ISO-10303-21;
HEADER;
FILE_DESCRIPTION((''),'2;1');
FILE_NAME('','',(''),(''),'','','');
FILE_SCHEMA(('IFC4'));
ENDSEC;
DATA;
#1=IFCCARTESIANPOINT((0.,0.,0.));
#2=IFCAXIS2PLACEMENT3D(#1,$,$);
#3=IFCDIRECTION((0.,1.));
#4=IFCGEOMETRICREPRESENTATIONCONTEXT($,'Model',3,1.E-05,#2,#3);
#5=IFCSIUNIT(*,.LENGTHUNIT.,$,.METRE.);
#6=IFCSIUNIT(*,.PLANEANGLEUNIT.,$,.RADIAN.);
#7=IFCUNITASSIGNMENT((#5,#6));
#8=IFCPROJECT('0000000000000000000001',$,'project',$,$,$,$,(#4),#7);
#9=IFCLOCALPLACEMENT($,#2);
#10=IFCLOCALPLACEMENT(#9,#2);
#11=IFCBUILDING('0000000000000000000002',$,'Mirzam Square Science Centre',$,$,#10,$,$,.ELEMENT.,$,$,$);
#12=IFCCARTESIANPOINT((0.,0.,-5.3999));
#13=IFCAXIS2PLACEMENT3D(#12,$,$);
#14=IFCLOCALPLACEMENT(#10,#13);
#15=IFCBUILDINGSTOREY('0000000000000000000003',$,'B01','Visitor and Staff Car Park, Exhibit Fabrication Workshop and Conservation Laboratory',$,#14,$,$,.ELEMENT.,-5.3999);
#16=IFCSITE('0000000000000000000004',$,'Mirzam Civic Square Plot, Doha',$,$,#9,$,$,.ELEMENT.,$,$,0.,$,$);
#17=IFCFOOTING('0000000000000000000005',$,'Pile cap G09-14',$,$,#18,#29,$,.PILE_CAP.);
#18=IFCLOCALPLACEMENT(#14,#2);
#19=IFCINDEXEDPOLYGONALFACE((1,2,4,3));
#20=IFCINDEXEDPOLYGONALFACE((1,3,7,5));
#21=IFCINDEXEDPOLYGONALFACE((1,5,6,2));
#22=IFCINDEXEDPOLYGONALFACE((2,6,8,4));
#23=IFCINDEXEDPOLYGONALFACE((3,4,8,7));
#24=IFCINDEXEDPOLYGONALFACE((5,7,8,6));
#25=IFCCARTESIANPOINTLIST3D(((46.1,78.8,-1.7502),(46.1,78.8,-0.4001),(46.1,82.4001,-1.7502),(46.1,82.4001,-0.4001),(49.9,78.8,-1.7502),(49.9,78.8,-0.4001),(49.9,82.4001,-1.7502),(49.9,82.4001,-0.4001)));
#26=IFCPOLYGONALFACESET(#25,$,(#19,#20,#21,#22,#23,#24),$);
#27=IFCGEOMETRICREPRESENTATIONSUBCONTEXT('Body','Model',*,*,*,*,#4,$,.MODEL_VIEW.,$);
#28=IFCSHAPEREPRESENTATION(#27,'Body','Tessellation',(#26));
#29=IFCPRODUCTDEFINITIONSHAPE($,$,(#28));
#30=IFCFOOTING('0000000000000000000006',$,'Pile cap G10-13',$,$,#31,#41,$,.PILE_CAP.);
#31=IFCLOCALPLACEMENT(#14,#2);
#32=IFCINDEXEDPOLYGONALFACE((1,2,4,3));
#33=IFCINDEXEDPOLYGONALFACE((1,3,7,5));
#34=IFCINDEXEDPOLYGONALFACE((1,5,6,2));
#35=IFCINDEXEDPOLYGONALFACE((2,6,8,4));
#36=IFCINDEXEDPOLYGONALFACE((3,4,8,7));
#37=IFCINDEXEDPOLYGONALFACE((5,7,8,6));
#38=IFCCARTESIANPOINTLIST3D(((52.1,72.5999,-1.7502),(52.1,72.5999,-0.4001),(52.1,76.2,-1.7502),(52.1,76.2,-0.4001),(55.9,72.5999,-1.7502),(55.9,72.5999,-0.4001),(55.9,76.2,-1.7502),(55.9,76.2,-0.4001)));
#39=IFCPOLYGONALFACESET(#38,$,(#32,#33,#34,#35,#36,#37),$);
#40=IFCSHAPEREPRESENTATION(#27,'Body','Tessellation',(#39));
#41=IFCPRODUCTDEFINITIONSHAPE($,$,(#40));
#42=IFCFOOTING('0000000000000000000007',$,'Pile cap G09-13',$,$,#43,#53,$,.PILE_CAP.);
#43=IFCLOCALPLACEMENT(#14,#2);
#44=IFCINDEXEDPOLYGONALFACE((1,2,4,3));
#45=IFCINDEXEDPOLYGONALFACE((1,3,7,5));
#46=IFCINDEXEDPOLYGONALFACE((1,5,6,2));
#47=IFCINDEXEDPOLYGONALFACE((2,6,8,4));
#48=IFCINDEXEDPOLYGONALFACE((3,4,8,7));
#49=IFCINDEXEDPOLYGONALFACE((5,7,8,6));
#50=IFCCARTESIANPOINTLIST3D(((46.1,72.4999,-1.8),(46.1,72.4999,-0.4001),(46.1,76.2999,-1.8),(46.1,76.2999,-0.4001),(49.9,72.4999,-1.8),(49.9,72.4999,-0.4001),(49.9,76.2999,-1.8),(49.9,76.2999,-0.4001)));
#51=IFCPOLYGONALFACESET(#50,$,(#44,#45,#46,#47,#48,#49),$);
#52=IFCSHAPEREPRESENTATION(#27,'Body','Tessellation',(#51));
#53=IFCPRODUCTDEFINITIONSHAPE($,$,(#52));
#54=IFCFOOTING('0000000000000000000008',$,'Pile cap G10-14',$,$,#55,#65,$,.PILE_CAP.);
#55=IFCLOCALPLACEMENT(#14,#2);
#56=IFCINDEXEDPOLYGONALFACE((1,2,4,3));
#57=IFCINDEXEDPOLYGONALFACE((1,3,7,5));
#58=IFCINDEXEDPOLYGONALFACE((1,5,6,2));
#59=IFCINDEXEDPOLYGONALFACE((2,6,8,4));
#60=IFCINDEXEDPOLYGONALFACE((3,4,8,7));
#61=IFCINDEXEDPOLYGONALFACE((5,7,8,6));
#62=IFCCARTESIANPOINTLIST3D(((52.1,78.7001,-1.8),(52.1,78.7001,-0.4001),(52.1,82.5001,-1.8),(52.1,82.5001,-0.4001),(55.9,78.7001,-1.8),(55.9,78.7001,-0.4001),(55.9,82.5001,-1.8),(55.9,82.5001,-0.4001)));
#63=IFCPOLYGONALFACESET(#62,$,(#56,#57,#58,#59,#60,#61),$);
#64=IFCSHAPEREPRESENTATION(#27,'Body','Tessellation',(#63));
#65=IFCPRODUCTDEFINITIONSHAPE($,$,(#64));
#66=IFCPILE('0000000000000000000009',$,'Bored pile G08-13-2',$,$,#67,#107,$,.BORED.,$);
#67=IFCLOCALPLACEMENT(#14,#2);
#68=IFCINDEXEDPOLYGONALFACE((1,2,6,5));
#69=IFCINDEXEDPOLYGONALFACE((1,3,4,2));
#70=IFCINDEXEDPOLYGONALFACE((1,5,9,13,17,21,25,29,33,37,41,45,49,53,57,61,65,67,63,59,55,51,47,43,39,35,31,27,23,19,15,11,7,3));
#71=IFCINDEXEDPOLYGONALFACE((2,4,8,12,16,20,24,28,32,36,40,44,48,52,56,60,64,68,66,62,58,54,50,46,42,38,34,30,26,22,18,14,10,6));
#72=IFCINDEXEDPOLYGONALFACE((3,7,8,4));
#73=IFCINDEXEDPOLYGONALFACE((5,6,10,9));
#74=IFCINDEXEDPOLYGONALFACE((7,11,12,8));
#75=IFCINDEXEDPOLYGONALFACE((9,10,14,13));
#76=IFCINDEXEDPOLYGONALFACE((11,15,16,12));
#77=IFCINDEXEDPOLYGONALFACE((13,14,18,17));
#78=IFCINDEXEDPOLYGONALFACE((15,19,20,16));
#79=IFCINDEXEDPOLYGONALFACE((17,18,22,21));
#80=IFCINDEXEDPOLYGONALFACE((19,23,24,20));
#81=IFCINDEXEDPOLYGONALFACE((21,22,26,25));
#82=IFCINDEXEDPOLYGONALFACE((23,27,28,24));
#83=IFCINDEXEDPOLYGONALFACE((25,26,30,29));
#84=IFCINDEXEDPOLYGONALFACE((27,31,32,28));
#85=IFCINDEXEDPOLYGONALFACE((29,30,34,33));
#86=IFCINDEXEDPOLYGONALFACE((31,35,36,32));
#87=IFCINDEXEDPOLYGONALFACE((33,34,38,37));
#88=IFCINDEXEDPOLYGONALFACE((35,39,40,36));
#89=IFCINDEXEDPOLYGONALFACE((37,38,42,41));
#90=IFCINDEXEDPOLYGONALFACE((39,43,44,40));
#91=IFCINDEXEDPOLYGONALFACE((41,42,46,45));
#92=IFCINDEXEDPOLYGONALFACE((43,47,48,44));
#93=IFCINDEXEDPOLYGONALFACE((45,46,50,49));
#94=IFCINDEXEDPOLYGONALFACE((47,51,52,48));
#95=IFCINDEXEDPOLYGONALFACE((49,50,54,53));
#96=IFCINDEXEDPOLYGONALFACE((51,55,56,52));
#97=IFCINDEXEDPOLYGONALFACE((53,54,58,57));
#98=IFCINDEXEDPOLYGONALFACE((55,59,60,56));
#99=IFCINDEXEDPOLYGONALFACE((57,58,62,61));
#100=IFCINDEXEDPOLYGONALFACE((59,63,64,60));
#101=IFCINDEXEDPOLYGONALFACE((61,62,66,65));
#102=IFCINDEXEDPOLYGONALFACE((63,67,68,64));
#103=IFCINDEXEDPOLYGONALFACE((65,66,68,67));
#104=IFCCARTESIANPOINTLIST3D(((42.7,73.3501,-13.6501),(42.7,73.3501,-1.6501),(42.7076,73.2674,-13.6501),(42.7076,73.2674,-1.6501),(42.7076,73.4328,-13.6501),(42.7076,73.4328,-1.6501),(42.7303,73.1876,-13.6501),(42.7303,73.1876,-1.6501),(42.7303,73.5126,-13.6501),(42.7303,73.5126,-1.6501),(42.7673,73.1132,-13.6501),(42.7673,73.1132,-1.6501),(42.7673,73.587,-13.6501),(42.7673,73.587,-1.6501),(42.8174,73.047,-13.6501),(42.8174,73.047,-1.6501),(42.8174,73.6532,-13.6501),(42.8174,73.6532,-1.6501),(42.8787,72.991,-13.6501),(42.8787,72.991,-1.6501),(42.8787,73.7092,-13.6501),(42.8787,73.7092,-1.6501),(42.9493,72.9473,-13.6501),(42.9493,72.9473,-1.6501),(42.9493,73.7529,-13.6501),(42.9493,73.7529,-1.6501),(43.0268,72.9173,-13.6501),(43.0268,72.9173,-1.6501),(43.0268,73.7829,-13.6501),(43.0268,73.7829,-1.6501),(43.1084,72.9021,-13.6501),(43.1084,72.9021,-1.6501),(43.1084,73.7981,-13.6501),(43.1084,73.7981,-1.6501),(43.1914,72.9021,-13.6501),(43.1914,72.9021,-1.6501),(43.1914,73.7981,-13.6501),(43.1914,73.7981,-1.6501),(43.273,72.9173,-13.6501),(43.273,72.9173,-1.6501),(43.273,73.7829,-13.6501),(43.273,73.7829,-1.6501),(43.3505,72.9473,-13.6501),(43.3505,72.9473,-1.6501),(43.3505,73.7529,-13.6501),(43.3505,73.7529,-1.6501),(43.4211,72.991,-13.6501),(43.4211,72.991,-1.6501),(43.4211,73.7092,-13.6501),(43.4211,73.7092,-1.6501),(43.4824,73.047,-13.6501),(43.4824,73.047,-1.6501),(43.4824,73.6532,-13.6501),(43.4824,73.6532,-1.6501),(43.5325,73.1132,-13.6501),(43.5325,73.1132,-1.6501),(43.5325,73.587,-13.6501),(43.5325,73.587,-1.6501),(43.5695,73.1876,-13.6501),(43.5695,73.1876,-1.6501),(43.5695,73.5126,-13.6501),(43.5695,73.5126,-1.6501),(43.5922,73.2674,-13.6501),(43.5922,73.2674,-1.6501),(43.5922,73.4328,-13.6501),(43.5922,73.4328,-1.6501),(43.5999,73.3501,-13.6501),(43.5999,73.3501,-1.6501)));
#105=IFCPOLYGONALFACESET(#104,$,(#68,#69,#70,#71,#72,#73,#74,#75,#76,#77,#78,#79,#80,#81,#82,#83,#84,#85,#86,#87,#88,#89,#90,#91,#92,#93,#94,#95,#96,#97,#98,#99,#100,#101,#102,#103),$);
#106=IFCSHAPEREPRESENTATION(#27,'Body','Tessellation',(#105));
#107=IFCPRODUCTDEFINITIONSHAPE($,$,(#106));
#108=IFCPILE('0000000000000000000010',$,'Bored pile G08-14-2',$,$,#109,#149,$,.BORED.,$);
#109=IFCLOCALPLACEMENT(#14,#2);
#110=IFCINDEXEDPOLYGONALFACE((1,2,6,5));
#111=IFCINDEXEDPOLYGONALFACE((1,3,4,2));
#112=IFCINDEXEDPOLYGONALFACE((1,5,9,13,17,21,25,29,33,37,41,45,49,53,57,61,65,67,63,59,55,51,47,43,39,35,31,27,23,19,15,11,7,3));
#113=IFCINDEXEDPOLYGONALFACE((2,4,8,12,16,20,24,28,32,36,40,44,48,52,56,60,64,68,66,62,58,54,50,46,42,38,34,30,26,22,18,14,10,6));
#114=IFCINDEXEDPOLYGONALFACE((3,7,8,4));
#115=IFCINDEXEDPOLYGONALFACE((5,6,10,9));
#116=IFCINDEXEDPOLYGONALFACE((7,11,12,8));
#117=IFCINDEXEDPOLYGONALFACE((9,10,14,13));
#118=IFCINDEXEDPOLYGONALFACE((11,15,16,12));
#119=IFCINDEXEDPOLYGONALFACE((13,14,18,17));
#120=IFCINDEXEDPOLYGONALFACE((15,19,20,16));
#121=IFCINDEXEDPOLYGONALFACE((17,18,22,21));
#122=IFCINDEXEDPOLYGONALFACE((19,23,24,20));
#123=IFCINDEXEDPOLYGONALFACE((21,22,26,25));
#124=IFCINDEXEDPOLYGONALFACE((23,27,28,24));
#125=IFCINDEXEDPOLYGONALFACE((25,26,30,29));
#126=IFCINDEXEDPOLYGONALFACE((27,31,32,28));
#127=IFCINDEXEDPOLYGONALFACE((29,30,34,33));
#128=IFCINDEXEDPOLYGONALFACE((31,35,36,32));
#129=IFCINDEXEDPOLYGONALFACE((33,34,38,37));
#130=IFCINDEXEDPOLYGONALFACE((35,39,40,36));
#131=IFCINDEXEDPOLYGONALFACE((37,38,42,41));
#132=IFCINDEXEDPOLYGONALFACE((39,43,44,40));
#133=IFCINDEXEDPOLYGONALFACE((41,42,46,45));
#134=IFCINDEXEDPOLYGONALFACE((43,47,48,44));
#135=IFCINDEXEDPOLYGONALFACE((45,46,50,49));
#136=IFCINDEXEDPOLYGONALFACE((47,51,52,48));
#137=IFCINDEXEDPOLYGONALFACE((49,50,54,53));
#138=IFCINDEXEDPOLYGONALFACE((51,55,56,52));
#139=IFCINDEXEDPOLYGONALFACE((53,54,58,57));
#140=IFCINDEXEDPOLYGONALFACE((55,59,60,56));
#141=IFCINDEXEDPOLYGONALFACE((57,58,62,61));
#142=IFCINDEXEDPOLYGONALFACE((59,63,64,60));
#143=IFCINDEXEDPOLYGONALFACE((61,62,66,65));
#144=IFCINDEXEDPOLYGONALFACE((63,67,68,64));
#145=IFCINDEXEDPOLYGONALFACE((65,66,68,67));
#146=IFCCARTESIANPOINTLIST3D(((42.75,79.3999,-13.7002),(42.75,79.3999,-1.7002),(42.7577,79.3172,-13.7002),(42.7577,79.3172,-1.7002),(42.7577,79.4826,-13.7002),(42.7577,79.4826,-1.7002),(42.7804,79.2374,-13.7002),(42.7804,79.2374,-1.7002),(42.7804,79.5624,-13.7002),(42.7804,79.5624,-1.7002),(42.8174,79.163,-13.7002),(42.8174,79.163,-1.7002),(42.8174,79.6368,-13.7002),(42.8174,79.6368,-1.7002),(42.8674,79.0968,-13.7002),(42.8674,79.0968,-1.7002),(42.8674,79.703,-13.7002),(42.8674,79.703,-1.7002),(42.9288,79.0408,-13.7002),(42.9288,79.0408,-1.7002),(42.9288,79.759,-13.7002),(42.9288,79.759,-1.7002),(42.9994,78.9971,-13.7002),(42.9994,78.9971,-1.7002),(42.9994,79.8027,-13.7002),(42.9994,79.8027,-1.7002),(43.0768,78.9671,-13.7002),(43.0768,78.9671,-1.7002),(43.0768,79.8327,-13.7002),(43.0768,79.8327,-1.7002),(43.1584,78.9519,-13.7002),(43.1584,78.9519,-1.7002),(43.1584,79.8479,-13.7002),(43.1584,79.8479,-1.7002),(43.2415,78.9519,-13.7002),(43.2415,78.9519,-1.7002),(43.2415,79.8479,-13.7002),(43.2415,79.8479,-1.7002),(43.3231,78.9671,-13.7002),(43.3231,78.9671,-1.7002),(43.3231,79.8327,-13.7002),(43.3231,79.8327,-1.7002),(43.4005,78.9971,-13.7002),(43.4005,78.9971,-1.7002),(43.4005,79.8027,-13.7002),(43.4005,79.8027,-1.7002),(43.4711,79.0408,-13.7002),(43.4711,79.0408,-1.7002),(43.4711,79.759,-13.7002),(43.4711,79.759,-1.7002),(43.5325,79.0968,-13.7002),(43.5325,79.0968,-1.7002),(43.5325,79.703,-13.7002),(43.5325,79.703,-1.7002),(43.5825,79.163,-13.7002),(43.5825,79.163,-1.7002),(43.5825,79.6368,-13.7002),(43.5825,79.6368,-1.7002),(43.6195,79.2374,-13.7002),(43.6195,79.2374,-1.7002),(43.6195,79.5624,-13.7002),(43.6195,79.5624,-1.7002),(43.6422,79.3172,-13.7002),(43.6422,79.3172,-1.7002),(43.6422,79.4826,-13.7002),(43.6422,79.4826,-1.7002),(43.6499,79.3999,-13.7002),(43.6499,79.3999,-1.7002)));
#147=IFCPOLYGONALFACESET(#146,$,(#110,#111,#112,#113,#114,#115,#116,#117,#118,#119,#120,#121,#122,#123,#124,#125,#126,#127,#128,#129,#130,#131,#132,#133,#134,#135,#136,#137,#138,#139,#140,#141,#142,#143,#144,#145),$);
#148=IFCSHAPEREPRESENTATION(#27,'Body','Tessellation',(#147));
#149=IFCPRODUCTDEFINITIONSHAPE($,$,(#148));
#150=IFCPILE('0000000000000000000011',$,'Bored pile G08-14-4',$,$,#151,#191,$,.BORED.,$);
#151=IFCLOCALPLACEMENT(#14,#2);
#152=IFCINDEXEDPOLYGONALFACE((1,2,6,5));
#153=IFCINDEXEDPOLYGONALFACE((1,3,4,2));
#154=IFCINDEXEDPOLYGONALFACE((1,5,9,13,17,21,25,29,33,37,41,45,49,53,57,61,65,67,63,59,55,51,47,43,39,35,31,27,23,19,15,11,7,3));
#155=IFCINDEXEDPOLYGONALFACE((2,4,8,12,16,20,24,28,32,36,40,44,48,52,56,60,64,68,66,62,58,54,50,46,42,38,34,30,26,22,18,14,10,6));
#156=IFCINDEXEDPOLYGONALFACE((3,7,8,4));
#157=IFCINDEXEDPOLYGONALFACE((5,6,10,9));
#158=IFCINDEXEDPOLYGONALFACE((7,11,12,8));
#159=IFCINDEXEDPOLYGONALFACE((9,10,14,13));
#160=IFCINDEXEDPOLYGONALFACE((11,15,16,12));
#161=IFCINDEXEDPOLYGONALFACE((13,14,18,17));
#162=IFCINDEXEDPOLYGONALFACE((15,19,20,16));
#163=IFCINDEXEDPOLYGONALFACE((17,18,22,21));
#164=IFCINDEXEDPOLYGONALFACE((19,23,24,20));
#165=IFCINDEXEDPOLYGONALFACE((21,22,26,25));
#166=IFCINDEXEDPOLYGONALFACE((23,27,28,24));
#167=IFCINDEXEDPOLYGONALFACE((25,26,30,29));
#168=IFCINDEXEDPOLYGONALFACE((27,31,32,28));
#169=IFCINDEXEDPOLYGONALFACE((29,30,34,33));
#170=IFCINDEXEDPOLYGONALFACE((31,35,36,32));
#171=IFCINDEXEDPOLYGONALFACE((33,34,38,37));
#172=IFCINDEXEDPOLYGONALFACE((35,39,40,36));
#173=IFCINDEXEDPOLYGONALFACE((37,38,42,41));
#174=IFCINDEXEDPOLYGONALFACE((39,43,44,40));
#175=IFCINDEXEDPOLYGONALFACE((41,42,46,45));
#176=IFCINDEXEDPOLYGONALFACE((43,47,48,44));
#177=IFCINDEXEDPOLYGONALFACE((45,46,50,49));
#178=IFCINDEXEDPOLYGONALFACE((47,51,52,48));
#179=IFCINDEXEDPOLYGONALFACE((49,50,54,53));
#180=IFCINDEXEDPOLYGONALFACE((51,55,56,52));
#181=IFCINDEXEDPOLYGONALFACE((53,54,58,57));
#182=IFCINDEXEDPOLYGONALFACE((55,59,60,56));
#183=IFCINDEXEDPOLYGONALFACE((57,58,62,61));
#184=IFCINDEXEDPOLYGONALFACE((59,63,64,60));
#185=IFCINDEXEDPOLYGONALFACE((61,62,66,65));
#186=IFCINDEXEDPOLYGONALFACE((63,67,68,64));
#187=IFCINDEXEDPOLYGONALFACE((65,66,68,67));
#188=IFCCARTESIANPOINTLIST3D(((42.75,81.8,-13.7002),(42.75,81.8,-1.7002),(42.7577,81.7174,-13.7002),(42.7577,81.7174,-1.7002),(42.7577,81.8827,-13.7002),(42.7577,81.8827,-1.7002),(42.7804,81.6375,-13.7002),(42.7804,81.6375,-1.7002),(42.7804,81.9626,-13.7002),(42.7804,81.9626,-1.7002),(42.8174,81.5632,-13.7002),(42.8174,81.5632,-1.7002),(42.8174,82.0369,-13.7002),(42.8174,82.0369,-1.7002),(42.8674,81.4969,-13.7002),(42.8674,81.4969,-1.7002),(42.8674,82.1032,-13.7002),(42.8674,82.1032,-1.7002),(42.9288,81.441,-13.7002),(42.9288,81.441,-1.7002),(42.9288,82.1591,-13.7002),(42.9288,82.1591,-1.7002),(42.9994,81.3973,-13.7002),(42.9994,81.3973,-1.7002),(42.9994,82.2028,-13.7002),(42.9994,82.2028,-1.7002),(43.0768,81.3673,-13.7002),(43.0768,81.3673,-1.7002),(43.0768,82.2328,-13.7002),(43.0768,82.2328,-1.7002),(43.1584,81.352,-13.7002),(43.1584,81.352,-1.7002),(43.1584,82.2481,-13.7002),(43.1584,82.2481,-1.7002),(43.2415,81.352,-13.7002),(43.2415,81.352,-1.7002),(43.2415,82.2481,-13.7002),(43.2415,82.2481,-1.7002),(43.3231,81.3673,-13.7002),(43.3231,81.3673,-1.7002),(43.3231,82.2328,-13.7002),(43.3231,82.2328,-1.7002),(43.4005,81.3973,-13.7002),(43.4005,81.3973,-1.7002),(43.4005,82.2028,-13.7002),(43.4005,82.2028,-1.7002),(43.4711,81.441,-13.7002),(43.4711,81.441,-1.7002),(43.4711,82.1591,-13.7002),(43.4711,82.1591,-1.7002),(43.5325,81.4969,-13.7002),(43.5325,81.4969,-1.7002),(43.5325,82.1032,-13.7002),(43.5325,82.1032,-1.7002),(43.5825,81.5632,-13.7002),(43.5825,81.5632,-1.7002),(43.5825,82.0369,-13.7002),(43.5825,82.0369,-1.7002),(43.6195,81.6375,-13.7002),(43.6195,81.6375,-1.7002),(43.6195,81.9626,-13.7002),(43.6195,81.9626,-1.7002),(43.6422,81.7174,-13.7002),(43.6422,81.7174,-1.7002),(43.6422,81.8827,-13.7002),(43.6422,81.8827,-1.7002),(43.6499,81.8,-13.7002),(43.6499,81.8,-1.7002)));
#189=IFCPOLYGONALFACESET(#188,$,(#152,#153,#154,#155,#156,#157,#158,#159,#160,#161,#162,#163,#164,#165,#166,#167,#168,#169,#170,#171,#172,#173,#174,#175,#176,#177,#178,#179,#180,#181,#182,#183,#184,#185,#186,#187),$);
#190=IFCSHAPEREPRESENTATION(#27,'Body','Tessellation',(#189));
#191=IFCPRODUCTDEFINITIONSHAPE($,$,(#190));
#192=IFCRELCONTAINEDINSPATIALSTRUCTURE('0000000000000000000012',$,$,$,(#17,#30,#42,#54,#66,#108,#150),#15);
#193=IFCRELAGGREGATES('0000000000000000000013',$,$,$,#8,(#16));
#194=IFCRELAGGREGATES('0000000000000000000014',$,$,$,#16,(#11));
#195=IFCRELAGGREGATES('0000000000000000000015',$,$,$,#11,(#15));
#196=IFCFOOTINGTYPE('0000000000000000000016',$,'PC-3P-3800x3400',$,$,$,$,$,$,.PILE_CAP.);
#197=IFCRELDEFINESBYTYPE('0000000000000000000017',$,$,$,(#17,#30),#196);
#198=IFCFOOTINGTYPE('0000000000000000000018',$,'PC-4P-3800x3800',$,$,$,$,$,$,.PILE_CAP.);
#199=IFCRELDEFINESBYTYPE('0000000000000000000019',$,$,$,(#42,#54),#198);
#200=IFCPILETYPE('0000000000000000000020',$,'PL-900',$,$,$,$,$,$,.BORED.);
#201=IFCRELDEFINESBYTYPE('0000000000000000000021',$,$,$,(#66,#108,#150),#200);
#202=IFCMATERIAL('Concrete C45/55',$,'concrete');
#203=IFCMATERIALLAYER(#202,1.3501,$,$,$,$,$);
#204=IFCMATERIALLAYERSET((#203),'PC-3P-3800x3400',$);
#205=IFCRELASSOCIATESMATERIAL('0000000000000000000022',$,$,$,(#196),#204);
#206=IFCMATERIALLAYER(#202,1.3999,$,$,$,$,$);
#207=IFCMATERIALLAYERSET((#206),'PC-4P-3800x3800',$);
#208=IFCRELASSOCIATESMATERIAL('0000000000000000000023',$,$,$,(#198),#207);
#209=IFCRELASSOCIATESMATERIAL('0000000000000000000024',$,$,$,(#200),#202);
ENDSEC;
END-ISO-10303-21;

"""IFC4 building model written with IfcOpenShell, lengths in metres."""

from ifc_helpers import new_model, si_unit, direction, frame, origin, origin_2d, place, context, subcontext, project, spatial, rectangle, circle, extrude, material, layer, layer_set, material_profile, profile_set, type_object, element, save


model = new_model("IFC4")

# Units and contexts
model_context = context("Model", 3, precision=1e-05, world=origin(), true_north=direction((0.0, 1.0)))
body_context = subcontext(model_context, "Body", "Model", "MODEL_VIEW")
ifc_project = project(units=[si_unit("LENGTHUNIT", "METRE"), si_unit("PLANEANGLEUNIT", "RADIAN")], contexts=[model_context])

# Site, building, storey
site_placement = place(None, origin())
site = spatial("IfcSite", under=ifc_project, at=site_placement, Name="Mirzam Civic Square Plot, Doha", CompositionType="ELEMENT", RefElevation=0.0)
building_placement = place(site_placement, origin())
building = spatial("IfcBuilding", under=site, at=building_placement, Name="Mirzam Square Science Centre", CompositionType="ELEMENT")
storey_placement = place(building_placement, frame((0.0, 0.0, -5.3999)))
storey = spatial("IfcBuildingStorey", under=building, at=storey_placement, Name="B01", Description="Visitor and Staff Car Park, Exhibit Fabrication Workshop and Conservation Laboratory", CompositionType="ELEMENT", Elevation=-5.3999)

# Footings
ifc_material = material(Name="Concrete C45/55", Category="concrete")
ifc_layer_1 = layer(ifc_material, 1.3501)
ifc_layer_set_1 = layer_set([ifc_layer_1], Name="PC-3P-3800x3400")
footing_type_1 = type_object("IfcFootingType", Name="PC-3P-3800x3400", PredefinedType="PILE_CAP", material=ifc_layer_set_1)
for number, where, z_axis, x_axis, name in (
    (1, (48.0, 80.6001, -1.7502), (0.0, 0.0, 1.0), (1.0, 0.0, 0.0), "Pile cap G09-14"),
    (2, (54.0, 74.3999, -1.7502), (0.0, 0.0, 1.0), (1.0, 0.0, 0.0), "Pile cap G10-13"),
):
    element("IfcFooting", number, at=place(storey_placement, frame(where, z_axis=z_axis, x_axis=x_axis)), inside=storey, type_object=footing_type_1, Name=name, PredefinedType="PILE_CAP", context=body_context, shape_type="SweptSolid", body=[
        extrude(rectangle(XDim=3.8, YDim=3.6001, at=origin_2d()), origin(), (0.0, 0.0, 1.0), 1.3501),
    ])
ifc_layer_2 = layer(ifc_material, 1.3999)
ifc_layer_set_2 = layer_set([ifc_layer_2], Name="PC-4P-3800x3800")
footing_type_2 = type_object("IfcFootingType", Name="PC-4P-3800x3800", PredefinedType="PILE_CAP", material=ifc_layer_set_2)
for number, where, z_axis, x_axis, name in (
    (3, (48.0, 74.3999, -1.8), (0.0, 0.0, 1.0), (1.0, 0.0, 0.0), "Pile cap G09-13"),
    (4, (54.0, 80.6001, -1.8), (0.0, 0.0, 1.0), (1.0, 0.0, 0.0), "Pile cap G10-14"),
):
    element("IfcFooting", number, at=place(storey_placement, frame(where, z_axis=z_axis, x_axis=x_axis)), inside=storey, type_object=footing_type_2, Name=name, PredefinedType="PILE_CAP", context=body_context, shape_type="SweptSolid", body=[
        extrude(rectangle(XDim=3.8, YDim=3.8, at=origin_2d()), origin(), (0.0, 0.0, 1.0), 1.3999),
    ])

# Piles
ifc_material_profile_1 = material_profile(ifc_material, circle(Radius=0.45, at=origin_2d()), Name="PILE-D900")
ifc_profile_set_1 = profile_set([ifc_material_profile_1], Name="Concrete C45/55")
pile_type = type_object("IfcPileType", Name="PL-900", PredefinedType="BORED", material=ifc_profile_set_1)
for number, where, z_axis, x_axis, name in (
    (5, (43.1499, 73.3501, -1.6501), (0.0, 0.0, -1.0), (1.0, 0.0, 0.0), "Bored pile G08-13-2"),
    (6, (43.2, 79.3999, -1.7002), (0.0, 0.0, -1.0), (1.0, 0.0, 0.0), "Bored pile G08-14-2"),
    (7, (43.2, 81.8, -1.7002), (0.0, 0.0, -1.0), (1.0, 0.0, 0.0), "Bored pile G08-14-4"),
):
    element("IfcPile", number, at=place(storey_placement, frame(where, z_axis=z_axis, x_axis=x_axis)), inside=storey, type_object=pile_type, Name=name, PredefinedType="BORED", context=body_context, shape_type="SweptSolid", body=[
        extrude(circle(Radius=0.45, at=origin_2d()), origin(), (0.0, 0.0, 1.0), 12.0),
    ])

save(model, "model.ifc")
